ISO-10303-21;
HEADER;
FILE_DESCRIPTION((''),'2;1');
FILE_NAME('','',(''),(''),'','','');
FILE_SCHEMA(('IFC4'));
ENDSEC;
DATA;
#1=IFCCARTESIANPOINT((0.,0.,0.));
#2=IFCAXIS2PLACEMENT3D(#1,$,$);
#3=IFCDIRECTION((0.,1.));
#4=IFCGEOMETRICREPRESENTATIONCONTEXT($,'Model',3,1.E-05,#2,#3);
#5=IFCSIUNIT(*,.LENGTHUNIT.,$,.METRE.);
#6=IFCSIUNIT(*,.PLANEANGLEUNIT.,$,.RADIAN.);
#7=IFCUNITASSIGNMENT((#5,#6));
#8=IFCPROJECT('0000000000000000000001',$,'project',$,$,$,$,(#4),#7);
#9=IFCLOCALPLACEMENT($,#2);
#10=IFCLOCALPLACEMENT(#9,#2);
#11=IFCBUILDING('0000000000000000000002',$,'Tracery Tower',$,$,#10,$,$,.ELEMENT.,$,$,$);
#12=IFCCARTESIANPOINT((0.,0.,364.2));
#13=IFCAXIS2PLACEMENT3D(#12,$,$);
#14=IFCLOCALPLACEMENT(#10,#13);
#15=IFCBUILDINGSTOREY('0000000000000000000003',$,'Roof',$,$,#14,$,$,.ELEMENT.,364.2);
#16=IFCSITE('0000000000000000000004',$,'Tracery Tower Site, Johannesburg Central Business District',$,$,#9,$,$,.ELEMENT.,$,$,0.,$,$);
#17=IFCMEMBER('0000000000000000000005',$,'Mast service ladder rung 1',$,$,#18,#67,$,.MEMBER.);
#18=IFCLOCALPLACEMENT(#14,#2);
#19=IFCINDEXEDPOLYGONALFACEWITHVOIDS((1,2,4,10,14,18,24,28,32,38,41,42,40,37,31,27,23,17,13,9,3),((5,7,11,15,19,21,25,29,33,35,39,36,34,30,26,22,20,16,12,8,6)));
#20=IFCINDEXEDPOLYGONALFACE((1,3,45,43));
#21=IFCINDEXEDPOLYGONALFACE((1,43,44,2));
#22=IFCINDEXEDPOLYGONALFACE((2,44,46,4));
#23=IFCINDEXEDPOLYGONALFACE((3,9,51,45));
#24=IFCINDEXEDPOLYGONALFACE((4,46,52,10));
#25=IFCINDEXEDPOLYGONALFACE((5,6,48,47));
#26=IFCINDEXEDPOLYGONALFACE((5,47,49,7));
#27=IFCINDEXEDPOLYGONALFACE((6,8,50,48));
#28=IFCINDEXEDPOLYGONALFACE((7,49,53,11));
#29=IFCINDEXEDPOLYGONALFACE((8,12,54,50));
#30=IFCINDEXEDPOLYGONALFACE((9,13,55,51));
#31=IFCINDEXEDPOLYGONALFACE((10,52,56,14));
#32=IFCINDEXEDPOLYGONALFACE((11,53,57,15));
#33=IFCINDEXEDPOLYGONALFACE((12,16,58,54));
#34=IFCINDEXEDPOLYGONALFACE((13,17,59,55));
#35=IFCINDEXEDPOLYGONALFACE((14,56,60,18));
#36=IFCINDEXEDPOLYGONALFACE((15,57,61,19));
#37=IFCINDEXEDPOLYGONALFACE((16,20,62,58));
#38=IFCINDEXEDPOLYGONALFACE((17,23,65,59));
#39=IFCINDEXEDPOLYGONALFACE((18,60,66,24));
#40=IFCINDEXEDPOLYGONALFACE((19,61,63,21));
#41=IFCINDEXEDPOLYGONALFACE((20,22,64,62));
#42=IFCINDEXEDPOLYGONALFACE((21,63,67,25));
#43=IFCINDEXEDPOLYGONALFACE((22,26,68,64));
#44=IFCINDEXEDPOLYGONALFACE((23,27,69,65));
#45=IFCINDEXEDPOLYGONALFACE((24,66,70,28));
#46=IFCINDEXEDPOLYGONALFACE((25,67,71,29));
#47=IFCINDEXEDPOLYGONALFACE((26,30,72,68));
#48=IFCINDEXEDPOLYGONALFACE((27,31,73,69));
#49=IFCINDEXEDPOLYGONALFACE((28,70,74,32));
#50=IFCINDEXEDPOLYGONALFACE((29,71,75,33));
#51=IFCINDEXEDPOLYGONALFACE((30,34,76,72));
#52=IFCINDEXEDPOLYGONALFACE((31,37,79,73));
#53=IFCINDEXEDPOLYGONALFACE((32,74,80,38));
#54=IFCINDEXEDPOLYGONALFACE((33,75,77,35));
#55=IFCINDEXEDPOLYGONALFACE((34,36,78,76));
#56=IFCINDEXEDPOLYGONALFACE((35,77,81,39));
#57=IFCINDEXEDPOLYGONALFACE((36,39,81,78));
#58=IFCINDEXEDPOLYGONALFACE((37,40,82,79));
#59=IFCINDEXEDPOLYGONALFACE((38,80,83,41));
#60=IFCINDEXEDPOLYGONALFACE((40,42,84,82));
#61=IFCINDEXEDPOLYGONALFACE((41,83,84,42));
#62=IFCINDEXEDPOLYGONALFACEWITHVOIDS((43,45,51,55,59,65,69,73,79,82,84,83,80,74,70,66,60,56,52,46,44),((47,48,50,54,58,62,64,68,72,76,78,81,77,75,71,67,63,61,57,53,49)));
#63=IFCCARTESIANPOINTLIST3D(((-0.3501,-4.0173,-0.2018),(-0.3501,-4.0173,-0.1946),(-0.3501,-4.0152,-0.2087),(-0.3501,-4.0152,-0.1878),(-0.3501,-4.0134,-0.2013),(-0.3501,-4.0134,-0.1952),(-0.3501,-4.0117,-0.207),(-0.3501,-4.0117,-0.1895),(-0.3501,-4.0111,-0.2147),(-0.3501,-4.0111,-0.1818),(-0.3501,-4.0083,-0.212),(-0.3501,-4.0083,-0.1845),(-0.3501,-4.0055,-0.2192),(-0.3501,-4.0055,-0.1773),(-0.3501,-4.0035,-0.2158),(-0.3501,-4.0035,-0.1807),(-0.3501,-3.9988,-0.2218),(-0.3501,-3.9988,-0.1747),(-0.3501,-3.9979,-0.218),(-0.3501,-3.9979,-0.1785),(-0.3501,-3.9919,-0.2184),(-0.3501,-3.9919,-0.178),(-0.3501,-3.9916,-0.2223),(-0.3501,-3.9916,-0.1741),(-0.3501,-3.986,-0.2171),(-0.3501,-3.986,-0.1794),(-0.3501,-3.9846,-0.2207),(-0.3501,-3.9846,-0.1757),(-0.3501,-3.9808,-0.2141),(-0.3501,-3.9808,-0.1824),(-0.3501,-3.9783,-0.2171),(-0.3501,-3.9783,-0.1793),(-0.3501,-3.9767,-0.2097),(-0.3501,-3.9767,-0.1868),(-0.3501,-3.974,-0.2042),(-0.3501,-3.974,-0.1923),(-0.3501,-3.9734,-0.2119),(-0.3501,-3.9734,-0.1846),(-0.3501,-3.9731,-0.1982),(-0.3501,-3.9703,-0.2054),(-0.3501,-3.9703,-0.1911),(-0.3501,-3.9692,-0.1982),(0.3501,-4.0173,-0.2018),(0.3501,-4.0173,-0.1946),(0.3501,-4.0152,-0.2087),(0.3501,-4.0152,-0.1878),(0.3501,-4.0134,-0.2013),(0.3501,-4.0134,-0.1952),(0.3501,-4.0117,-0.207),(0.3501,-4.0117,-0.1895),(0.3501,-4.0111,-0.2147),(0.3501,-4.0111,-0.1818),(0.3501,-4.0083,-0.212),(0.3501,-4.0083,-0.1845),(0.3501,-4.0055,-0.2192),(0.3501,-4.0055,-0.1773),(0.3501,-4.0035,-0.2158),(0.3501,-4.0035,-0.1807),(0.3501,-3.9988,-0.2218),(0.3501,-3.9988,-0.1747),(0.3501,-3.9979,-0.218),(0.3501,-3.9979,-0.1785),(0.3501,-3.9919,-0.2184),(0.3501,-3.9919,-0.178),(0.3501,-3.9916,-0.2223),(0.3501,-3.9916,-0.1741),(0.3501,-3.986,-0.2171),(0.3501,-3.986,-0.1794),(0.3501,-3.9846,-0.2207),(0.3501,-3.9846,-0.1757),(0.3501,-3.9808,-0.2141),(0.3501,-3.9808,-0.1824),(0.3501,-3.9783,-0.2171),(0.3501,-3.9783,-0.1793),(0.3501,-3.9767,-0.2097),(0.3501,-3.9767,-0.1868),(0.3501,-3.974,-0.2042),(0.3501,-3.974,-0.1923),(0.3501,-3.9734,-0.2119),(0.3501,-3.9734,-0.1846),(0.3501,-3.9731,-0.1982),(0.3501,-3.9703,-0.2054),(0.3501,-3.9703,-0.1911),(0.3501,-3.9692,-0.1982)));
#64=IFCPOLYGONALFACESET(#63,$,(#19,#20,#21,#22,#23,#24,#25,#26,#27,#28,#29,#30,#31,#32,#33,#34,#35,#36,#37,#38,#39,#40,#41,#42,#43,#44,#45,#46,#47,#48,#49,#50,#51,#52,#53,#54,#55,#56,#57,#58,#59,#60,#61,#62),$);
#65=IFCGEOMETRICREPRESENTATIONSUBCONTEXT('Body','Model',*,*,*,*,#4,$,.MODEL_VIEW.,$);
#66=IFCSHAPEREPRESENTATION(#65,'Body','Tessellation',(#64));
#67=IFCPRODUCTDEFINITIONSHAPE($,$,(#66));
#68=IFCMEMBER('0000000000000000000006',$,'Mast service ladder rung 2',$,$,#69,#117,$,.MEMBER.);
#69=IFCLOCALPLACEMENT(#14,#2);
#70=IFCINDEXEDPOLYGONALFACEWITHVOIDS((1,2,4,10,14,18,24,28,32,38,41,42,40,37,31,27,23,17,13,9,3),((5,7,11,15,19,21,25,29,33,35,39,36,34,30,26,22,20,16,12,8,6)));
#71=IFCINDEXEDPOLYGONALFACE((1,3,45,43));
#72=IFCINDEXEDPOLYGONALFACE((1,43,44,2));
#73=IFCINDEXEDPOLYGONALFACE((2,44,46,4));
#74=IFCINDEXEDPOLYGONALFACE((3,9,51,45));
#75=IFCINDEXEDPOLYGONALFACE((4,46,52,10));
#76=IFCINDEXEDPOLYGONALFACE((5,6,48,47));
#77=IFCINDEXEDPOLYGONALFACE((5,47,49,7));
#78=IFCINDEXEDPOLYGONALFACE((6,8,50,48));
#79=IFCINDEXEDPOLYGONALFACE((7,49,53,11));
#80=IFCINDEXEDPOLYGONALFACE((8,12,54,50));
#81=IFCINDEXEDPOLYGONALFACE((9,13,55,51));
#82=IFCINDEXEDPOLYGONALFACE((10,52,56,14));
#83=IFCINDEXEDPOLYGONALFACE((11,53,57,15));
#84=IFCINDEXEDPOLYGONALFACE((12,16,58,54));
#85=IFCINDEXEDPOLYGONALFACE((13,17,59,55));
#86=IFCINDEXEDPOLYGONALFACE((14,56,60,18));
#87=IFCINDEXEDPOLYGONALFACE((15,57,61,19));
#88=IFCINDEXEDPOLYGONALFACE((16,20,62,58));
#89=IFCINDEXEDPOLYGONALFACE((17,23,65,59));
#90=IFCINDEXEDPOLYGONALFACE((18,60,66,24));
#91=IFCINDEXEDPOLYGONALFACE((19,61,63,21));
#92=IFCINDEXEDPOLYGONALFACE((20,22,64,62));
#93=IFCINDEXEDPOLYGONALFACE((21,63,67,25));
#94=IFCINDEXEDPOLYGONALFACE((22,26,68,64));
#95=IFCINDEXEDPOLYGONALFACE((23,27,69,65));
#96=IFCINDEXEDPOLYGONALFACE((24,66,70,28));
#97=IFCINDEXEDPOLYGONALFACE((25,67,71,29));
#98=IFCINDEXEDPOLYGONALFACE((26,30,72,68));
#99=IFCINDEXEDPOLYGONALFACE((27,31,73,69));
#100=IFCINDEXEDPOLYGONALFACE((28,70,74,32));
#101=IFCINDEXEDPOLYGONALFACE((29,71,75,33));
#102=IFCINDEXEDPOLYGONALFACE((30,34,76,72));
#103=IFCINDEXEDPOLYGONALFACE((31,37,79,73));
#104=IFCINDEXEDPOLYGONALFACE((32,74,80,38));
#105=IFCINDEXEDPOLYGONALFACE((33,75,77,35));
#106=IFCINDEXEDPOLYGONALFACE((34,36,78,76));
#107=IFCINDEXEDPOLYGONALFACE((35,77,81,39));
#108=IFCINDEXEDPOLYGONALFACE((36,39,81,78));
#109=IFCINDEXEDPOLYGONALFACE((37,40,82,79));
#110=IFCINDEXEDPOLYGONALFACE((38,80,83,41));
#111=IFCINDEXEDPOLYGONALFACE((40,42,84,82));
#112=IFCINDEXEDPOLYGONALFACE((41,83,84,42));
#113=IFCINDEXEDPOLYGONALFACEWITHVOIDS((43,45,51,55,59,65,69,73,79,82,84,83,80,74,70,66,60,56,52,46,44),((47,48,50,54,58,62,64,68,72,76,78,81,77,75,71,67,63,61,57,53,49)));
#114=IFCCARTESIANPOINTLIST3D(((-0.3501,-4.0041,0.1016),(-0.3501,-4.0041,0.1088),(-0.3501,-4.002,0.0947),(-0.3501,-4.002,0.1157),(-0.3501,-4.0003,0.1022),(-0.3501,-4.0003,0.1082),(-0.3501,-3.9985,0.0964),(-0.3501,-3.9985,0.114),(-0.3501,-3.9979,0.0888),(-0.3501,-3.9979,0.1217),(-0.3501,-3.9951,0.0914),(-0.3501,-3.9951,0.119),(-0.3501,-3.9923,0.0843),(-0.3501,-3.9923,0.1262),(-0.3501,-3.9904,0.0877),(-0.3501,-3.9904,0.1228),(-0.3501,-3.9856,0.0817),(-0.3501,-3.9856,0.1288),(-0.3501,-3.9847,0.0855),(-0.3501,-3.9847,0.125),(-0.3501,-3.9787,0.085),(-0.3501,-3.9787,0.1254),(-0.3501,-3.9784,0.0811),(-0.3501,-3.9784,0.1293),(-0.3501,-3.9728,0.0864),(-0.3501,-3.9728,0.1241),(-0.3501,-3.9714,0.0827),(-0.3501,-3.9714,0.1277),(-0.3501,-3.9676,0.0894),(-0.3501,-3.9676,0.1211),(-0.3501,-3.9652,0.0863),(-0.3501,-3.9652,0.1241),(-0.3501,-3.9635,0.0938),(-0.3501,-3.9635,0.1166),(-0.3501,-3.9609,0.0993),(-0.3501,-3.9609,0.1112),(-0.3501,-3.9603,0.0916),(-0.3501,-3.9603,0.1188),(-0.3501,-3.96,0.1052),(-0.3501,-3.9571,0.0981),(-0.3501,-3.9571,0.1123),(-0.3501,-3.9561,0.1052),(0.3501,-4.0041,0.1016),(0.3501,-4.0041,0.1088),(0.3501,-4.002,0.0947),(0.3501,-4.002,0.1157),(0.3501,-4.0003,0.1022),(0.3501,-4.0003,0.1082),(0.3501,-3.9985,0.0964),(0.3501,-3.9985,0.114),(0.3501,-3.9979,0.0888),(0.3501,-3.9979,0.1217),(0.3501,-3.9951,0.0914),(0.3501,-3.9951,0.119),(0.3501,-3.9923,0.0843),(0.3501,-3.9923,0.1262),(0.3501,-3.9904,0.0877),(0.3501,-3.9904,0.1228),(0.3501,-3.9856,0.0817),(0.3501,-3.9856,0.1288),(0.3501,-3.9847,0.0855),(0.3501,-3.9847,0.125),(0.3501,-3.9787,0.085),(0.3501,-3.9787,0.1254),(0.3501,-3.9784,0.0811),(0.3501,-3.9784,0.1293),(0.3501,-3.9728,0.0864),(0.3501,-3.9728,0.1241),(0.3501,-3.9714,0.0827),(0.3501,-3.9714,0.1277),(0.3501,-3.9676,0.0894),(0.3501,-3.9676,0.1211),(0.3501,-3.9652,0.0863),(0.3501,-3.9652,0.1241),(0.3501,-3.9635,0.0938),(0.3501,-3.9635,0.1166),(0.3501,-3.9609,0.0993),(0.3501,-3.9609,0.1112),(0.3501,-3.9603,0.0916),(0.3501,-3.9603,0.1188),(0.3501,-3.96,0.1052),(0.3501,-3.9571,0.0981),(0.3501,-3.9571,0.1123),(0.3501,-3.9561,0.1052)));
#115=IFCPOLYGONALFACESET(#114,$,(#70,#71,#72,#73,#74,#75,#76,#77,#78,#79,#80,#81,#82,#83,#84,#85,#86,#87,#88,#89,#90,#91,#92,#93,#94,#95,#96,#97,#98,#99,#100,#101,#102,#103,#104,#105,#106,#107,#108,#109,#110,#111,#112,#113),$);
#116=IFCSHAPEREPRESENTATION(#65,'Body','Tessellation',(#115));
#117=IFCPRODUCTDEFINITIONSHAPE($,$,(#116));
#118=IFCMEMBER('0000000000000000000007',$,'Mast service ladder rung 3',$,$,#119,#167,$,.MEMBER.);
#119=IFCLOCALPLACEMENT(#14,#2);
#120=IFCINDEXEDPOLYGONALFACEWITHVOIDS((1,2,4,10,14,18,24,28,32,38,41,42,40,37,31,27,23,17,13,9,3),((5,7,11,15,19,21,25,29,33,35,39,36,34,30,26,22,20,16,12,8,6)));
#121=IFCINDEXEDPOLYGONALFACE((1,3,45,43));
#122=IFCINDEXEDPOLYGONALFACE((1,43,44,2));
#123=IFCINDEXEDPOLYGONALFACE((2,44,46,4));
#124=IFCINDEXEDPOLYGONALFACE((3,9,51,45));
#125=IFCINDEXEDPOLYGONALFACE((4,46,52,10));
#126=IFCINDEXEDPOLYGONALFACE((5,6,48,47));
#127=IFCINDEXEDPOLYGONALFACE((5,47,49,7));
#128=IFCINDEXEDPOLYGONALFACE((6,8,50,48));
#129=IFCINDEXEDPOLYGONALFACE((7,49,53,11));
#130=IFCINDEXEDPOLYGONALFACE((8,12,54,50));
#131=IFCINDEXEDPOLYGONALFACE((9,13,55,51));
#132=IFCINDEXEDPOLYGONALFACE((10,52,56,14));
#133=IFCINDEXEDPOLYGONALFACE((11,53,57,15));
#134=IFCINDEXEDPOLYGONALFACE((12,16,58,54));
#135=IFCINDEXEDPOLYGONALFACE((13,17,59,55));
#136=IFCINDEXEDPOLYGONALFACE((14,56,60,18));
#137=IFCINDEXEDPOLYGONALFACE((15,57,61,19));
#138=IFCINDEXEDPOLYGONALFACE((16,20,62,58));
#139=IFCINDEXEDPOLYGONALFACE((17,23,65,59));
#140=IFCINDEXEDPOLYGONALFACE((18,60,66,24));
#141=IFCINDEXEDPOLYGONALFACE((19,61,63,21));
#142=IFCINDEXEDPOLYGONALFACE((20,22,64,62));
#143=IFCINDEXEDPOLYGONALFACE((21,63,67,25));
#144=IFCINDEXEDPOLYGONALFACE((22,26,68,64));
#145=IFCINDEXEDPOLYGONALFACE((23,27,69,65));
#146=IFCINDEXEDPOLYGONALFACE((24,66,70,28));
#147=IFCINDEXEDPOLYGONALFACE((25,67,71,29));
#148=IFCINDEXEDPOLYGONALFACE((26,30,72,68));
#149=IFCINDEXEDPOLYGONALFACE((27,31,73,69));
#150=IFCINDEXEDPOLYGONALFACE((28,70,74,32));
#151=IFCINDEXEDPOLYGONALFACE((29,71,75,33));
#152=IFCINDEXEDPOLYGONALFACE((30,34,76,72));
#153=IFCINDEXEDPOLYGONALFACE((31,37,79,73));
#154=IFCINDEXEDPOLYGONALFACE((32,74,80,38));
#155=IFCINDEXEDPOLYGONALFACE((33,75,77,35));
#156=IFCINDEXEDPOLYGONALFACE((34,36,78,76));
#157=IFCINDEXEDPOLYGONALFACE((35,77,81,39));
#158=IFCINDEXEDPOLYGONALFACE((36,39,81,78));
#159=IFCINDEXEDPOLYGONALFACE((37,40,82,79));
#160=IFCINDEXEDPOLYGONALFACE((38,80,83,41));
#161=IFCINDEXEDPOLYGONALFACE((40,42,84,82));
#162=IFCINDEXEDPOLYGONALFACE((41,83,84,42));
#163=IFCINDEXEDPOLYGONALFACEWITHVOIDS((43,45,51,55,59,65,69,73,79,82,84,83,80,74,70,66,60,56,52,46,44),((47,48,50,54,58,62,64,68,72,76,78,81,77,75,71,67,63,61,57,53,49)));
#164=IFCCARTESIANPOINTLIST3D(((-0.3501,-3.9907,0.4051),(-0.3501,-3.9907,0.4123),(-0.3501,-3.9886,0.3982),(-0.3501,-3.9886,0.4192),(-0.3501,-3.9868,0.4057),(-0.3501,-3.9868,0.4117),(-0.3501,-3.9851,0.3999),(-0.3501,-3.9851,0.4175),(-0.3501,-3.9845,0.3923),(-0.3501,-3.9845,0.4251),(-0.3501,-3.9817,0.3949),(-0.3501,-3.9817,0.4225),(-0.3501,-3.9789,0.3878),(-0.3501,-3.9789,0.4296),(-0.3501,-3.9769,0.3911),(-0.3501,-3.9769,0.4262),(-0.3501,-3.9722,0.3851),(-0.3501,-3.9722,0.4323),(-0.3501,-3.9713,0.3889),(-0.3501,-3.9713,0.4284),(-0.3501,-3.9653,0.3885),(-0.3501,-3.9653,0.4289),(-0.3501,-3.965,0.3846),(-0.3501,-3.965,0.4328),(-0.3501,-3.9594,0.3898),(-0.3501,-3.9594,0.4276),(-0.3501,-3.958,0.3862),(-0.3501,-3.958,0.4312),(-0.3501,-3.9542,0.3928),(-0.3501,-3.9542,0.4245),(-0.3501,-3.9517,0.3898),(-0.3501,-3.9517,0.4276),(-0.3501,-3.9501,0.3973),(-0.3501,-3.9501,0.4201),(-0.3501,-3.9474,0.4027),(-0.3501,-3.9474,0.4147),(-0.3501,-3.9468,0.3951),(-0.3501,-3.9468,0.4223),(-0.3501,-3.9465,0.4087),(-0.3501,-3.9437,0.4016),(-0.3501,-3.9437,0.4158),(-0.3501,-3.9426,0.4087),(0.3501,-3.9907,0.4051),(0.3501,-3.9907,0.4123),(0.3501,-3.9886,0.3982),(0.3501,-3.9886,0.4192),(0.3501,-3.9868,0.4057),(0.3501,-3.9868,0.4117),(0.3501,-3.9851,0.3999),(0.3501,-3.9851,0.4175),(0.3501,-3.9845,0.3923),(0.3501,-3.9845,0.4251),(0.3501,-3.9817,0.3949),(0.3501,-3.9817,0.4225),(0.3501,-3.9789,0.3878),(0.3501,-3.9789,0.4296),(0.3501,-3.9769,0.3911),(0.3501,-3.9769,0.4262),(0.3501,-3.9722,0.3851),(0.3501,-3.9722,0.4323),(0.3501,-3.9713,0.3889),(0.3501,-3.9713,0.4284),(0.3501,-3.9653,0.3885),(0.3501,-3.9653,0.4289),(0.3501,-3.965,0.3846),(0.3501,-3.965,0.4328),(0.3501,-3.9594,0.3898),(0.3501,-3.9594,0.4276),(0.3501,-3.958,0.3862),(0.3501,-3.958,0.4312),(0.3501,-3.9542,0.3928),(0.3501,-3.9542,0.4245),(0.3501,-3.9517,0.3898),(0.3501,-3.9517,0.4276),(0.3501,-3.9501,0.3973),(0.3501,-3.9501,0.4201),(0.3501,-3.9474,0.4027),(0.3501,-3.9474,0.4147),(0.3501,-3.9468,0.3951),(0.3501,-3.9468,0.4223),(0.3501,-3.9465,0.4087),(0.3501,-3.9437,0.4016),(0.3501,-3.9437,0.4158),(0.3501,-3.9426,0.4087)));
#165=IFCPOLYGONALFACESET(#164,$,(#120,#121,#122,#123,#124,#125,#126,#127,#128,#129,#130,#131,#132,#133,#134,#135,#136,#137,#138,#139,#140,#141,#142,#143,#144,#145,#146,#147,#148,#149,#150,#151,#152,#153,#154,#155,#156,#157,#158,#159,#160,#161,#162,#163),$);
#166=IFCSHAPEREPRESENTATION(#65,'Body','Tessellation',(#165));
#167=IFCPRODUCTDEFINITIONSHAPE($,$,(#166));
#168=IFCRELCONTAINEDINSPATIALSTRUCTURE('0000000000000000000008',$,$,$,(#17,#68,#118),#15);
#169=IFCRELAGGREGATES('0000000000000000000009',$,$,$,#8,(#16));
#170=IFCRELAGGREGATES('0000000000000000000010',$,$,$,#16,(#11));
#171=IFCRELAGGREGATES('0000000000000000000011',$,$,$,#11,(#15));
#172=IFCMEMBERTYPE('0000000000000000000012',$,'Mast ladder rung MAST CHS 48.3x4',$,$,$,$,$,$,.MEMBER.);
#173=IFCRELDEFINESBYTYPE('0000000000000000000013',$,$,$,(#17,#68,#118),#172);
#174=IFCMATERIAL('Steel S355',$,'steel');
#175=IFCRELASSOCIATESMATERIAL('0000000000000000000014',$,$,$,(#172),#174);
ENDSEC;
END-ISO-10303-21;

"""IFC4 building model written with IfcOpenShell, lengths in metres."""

from ifc_helpers import new_model, si_unit, direction, frame, origin, origin_2d, place, context, subcontext, project, spatial, hollow_circle, extrude, material, material_profile, profile_set, type_object, element, save


model = new_model("IFC4")

# Units and contexts
model_context = context("Model", 3, precision=1e-05, world=origin(), true_north=direction((0.0, 1.0)))
body_context = subcontext(model_context, "Body", "Model", "MODEL_VIEW")
ifc_project = project(units=[si_unit("LENGTHUNIT", "METRE"), si_unit("PLANEANGLEUNIT", "RADIAN")], contexts=[model_context])

# Site, building, storey
site_placement = place(None, origin())
site = spatial("IfcSite", under=ifc_project, at=site_placement, Name="Tracery Tower Site, Johannesburg Central Business District", CompositionType="ELEMENT", RefElevation=0.0)
building_placement = place(site_placement, origin())
building = spatial("IfcBuilding", under=site, at=building_placement, Name="Tracery Tower", CompositionType="ELEMENT")
storey_placement = place(building_placement, frame((0.0, 0.0, 364.2)))
storey = spatial("IfcBuildingStorey", under=building, at=storey_placement, Name="Roof", CompositionType="ELEMENT", Elevation=364.2)

# Members
ifc_material_1 = material(Name="Steel S355", Category="steel")
ifc_material_profile_1 = material_profile(ifc_material_1, hollow_circle(Radius=0.0242, WallThickness=0.0039, at=origin_2d()), Name="CHS 48.3x4")
ifc_profile_set_1 = profile_set([ifc_material_profile_1], Name="Steel S355")
member_type_1 = type_object("IfcMemberType", Name="Mast ladder rung MAST CHS 48.3x4", PredefinedType="MEMBER", material=ifc_profile_set_1)
for number, where, z_axis, x_axis, name in (
    (1, (-0.3501, -3.9934, -0.1982), (1.0, 0.0, 0.0), (0.0, 1.0, 0.0), "Mast service ladder rung 1"),
    (2, (-0.3501, -3.9802, 0.1052), (1.0, 0.0, 0.0), (0.0, 1.0, 0.0), "Mast service ladder rung 2"),
    (3, (-0.3501, -3.9668, 0.4087), (1.0, 0.0, 0.0), (0.0, 1.0, 0.0), "Mast service ladder rung 3"),
):
    element("IfcMember", number, at=place(storey_placement, frame(where, z_axis=z_axis, x_axis=x_axis)), inside=storey, type_object=member_type_1, Name=name, PredefinedType="MEMBER", context=body_context, shape_type="SweptSolid", body=[
        extrude(hollow_circle(Radius=0.0242, WallThickness=0.0039, at=origin_2d()), origin(), (0.0, 0.0, 1.0), 0.7002),
    ])

save(model, "model.ifc")
